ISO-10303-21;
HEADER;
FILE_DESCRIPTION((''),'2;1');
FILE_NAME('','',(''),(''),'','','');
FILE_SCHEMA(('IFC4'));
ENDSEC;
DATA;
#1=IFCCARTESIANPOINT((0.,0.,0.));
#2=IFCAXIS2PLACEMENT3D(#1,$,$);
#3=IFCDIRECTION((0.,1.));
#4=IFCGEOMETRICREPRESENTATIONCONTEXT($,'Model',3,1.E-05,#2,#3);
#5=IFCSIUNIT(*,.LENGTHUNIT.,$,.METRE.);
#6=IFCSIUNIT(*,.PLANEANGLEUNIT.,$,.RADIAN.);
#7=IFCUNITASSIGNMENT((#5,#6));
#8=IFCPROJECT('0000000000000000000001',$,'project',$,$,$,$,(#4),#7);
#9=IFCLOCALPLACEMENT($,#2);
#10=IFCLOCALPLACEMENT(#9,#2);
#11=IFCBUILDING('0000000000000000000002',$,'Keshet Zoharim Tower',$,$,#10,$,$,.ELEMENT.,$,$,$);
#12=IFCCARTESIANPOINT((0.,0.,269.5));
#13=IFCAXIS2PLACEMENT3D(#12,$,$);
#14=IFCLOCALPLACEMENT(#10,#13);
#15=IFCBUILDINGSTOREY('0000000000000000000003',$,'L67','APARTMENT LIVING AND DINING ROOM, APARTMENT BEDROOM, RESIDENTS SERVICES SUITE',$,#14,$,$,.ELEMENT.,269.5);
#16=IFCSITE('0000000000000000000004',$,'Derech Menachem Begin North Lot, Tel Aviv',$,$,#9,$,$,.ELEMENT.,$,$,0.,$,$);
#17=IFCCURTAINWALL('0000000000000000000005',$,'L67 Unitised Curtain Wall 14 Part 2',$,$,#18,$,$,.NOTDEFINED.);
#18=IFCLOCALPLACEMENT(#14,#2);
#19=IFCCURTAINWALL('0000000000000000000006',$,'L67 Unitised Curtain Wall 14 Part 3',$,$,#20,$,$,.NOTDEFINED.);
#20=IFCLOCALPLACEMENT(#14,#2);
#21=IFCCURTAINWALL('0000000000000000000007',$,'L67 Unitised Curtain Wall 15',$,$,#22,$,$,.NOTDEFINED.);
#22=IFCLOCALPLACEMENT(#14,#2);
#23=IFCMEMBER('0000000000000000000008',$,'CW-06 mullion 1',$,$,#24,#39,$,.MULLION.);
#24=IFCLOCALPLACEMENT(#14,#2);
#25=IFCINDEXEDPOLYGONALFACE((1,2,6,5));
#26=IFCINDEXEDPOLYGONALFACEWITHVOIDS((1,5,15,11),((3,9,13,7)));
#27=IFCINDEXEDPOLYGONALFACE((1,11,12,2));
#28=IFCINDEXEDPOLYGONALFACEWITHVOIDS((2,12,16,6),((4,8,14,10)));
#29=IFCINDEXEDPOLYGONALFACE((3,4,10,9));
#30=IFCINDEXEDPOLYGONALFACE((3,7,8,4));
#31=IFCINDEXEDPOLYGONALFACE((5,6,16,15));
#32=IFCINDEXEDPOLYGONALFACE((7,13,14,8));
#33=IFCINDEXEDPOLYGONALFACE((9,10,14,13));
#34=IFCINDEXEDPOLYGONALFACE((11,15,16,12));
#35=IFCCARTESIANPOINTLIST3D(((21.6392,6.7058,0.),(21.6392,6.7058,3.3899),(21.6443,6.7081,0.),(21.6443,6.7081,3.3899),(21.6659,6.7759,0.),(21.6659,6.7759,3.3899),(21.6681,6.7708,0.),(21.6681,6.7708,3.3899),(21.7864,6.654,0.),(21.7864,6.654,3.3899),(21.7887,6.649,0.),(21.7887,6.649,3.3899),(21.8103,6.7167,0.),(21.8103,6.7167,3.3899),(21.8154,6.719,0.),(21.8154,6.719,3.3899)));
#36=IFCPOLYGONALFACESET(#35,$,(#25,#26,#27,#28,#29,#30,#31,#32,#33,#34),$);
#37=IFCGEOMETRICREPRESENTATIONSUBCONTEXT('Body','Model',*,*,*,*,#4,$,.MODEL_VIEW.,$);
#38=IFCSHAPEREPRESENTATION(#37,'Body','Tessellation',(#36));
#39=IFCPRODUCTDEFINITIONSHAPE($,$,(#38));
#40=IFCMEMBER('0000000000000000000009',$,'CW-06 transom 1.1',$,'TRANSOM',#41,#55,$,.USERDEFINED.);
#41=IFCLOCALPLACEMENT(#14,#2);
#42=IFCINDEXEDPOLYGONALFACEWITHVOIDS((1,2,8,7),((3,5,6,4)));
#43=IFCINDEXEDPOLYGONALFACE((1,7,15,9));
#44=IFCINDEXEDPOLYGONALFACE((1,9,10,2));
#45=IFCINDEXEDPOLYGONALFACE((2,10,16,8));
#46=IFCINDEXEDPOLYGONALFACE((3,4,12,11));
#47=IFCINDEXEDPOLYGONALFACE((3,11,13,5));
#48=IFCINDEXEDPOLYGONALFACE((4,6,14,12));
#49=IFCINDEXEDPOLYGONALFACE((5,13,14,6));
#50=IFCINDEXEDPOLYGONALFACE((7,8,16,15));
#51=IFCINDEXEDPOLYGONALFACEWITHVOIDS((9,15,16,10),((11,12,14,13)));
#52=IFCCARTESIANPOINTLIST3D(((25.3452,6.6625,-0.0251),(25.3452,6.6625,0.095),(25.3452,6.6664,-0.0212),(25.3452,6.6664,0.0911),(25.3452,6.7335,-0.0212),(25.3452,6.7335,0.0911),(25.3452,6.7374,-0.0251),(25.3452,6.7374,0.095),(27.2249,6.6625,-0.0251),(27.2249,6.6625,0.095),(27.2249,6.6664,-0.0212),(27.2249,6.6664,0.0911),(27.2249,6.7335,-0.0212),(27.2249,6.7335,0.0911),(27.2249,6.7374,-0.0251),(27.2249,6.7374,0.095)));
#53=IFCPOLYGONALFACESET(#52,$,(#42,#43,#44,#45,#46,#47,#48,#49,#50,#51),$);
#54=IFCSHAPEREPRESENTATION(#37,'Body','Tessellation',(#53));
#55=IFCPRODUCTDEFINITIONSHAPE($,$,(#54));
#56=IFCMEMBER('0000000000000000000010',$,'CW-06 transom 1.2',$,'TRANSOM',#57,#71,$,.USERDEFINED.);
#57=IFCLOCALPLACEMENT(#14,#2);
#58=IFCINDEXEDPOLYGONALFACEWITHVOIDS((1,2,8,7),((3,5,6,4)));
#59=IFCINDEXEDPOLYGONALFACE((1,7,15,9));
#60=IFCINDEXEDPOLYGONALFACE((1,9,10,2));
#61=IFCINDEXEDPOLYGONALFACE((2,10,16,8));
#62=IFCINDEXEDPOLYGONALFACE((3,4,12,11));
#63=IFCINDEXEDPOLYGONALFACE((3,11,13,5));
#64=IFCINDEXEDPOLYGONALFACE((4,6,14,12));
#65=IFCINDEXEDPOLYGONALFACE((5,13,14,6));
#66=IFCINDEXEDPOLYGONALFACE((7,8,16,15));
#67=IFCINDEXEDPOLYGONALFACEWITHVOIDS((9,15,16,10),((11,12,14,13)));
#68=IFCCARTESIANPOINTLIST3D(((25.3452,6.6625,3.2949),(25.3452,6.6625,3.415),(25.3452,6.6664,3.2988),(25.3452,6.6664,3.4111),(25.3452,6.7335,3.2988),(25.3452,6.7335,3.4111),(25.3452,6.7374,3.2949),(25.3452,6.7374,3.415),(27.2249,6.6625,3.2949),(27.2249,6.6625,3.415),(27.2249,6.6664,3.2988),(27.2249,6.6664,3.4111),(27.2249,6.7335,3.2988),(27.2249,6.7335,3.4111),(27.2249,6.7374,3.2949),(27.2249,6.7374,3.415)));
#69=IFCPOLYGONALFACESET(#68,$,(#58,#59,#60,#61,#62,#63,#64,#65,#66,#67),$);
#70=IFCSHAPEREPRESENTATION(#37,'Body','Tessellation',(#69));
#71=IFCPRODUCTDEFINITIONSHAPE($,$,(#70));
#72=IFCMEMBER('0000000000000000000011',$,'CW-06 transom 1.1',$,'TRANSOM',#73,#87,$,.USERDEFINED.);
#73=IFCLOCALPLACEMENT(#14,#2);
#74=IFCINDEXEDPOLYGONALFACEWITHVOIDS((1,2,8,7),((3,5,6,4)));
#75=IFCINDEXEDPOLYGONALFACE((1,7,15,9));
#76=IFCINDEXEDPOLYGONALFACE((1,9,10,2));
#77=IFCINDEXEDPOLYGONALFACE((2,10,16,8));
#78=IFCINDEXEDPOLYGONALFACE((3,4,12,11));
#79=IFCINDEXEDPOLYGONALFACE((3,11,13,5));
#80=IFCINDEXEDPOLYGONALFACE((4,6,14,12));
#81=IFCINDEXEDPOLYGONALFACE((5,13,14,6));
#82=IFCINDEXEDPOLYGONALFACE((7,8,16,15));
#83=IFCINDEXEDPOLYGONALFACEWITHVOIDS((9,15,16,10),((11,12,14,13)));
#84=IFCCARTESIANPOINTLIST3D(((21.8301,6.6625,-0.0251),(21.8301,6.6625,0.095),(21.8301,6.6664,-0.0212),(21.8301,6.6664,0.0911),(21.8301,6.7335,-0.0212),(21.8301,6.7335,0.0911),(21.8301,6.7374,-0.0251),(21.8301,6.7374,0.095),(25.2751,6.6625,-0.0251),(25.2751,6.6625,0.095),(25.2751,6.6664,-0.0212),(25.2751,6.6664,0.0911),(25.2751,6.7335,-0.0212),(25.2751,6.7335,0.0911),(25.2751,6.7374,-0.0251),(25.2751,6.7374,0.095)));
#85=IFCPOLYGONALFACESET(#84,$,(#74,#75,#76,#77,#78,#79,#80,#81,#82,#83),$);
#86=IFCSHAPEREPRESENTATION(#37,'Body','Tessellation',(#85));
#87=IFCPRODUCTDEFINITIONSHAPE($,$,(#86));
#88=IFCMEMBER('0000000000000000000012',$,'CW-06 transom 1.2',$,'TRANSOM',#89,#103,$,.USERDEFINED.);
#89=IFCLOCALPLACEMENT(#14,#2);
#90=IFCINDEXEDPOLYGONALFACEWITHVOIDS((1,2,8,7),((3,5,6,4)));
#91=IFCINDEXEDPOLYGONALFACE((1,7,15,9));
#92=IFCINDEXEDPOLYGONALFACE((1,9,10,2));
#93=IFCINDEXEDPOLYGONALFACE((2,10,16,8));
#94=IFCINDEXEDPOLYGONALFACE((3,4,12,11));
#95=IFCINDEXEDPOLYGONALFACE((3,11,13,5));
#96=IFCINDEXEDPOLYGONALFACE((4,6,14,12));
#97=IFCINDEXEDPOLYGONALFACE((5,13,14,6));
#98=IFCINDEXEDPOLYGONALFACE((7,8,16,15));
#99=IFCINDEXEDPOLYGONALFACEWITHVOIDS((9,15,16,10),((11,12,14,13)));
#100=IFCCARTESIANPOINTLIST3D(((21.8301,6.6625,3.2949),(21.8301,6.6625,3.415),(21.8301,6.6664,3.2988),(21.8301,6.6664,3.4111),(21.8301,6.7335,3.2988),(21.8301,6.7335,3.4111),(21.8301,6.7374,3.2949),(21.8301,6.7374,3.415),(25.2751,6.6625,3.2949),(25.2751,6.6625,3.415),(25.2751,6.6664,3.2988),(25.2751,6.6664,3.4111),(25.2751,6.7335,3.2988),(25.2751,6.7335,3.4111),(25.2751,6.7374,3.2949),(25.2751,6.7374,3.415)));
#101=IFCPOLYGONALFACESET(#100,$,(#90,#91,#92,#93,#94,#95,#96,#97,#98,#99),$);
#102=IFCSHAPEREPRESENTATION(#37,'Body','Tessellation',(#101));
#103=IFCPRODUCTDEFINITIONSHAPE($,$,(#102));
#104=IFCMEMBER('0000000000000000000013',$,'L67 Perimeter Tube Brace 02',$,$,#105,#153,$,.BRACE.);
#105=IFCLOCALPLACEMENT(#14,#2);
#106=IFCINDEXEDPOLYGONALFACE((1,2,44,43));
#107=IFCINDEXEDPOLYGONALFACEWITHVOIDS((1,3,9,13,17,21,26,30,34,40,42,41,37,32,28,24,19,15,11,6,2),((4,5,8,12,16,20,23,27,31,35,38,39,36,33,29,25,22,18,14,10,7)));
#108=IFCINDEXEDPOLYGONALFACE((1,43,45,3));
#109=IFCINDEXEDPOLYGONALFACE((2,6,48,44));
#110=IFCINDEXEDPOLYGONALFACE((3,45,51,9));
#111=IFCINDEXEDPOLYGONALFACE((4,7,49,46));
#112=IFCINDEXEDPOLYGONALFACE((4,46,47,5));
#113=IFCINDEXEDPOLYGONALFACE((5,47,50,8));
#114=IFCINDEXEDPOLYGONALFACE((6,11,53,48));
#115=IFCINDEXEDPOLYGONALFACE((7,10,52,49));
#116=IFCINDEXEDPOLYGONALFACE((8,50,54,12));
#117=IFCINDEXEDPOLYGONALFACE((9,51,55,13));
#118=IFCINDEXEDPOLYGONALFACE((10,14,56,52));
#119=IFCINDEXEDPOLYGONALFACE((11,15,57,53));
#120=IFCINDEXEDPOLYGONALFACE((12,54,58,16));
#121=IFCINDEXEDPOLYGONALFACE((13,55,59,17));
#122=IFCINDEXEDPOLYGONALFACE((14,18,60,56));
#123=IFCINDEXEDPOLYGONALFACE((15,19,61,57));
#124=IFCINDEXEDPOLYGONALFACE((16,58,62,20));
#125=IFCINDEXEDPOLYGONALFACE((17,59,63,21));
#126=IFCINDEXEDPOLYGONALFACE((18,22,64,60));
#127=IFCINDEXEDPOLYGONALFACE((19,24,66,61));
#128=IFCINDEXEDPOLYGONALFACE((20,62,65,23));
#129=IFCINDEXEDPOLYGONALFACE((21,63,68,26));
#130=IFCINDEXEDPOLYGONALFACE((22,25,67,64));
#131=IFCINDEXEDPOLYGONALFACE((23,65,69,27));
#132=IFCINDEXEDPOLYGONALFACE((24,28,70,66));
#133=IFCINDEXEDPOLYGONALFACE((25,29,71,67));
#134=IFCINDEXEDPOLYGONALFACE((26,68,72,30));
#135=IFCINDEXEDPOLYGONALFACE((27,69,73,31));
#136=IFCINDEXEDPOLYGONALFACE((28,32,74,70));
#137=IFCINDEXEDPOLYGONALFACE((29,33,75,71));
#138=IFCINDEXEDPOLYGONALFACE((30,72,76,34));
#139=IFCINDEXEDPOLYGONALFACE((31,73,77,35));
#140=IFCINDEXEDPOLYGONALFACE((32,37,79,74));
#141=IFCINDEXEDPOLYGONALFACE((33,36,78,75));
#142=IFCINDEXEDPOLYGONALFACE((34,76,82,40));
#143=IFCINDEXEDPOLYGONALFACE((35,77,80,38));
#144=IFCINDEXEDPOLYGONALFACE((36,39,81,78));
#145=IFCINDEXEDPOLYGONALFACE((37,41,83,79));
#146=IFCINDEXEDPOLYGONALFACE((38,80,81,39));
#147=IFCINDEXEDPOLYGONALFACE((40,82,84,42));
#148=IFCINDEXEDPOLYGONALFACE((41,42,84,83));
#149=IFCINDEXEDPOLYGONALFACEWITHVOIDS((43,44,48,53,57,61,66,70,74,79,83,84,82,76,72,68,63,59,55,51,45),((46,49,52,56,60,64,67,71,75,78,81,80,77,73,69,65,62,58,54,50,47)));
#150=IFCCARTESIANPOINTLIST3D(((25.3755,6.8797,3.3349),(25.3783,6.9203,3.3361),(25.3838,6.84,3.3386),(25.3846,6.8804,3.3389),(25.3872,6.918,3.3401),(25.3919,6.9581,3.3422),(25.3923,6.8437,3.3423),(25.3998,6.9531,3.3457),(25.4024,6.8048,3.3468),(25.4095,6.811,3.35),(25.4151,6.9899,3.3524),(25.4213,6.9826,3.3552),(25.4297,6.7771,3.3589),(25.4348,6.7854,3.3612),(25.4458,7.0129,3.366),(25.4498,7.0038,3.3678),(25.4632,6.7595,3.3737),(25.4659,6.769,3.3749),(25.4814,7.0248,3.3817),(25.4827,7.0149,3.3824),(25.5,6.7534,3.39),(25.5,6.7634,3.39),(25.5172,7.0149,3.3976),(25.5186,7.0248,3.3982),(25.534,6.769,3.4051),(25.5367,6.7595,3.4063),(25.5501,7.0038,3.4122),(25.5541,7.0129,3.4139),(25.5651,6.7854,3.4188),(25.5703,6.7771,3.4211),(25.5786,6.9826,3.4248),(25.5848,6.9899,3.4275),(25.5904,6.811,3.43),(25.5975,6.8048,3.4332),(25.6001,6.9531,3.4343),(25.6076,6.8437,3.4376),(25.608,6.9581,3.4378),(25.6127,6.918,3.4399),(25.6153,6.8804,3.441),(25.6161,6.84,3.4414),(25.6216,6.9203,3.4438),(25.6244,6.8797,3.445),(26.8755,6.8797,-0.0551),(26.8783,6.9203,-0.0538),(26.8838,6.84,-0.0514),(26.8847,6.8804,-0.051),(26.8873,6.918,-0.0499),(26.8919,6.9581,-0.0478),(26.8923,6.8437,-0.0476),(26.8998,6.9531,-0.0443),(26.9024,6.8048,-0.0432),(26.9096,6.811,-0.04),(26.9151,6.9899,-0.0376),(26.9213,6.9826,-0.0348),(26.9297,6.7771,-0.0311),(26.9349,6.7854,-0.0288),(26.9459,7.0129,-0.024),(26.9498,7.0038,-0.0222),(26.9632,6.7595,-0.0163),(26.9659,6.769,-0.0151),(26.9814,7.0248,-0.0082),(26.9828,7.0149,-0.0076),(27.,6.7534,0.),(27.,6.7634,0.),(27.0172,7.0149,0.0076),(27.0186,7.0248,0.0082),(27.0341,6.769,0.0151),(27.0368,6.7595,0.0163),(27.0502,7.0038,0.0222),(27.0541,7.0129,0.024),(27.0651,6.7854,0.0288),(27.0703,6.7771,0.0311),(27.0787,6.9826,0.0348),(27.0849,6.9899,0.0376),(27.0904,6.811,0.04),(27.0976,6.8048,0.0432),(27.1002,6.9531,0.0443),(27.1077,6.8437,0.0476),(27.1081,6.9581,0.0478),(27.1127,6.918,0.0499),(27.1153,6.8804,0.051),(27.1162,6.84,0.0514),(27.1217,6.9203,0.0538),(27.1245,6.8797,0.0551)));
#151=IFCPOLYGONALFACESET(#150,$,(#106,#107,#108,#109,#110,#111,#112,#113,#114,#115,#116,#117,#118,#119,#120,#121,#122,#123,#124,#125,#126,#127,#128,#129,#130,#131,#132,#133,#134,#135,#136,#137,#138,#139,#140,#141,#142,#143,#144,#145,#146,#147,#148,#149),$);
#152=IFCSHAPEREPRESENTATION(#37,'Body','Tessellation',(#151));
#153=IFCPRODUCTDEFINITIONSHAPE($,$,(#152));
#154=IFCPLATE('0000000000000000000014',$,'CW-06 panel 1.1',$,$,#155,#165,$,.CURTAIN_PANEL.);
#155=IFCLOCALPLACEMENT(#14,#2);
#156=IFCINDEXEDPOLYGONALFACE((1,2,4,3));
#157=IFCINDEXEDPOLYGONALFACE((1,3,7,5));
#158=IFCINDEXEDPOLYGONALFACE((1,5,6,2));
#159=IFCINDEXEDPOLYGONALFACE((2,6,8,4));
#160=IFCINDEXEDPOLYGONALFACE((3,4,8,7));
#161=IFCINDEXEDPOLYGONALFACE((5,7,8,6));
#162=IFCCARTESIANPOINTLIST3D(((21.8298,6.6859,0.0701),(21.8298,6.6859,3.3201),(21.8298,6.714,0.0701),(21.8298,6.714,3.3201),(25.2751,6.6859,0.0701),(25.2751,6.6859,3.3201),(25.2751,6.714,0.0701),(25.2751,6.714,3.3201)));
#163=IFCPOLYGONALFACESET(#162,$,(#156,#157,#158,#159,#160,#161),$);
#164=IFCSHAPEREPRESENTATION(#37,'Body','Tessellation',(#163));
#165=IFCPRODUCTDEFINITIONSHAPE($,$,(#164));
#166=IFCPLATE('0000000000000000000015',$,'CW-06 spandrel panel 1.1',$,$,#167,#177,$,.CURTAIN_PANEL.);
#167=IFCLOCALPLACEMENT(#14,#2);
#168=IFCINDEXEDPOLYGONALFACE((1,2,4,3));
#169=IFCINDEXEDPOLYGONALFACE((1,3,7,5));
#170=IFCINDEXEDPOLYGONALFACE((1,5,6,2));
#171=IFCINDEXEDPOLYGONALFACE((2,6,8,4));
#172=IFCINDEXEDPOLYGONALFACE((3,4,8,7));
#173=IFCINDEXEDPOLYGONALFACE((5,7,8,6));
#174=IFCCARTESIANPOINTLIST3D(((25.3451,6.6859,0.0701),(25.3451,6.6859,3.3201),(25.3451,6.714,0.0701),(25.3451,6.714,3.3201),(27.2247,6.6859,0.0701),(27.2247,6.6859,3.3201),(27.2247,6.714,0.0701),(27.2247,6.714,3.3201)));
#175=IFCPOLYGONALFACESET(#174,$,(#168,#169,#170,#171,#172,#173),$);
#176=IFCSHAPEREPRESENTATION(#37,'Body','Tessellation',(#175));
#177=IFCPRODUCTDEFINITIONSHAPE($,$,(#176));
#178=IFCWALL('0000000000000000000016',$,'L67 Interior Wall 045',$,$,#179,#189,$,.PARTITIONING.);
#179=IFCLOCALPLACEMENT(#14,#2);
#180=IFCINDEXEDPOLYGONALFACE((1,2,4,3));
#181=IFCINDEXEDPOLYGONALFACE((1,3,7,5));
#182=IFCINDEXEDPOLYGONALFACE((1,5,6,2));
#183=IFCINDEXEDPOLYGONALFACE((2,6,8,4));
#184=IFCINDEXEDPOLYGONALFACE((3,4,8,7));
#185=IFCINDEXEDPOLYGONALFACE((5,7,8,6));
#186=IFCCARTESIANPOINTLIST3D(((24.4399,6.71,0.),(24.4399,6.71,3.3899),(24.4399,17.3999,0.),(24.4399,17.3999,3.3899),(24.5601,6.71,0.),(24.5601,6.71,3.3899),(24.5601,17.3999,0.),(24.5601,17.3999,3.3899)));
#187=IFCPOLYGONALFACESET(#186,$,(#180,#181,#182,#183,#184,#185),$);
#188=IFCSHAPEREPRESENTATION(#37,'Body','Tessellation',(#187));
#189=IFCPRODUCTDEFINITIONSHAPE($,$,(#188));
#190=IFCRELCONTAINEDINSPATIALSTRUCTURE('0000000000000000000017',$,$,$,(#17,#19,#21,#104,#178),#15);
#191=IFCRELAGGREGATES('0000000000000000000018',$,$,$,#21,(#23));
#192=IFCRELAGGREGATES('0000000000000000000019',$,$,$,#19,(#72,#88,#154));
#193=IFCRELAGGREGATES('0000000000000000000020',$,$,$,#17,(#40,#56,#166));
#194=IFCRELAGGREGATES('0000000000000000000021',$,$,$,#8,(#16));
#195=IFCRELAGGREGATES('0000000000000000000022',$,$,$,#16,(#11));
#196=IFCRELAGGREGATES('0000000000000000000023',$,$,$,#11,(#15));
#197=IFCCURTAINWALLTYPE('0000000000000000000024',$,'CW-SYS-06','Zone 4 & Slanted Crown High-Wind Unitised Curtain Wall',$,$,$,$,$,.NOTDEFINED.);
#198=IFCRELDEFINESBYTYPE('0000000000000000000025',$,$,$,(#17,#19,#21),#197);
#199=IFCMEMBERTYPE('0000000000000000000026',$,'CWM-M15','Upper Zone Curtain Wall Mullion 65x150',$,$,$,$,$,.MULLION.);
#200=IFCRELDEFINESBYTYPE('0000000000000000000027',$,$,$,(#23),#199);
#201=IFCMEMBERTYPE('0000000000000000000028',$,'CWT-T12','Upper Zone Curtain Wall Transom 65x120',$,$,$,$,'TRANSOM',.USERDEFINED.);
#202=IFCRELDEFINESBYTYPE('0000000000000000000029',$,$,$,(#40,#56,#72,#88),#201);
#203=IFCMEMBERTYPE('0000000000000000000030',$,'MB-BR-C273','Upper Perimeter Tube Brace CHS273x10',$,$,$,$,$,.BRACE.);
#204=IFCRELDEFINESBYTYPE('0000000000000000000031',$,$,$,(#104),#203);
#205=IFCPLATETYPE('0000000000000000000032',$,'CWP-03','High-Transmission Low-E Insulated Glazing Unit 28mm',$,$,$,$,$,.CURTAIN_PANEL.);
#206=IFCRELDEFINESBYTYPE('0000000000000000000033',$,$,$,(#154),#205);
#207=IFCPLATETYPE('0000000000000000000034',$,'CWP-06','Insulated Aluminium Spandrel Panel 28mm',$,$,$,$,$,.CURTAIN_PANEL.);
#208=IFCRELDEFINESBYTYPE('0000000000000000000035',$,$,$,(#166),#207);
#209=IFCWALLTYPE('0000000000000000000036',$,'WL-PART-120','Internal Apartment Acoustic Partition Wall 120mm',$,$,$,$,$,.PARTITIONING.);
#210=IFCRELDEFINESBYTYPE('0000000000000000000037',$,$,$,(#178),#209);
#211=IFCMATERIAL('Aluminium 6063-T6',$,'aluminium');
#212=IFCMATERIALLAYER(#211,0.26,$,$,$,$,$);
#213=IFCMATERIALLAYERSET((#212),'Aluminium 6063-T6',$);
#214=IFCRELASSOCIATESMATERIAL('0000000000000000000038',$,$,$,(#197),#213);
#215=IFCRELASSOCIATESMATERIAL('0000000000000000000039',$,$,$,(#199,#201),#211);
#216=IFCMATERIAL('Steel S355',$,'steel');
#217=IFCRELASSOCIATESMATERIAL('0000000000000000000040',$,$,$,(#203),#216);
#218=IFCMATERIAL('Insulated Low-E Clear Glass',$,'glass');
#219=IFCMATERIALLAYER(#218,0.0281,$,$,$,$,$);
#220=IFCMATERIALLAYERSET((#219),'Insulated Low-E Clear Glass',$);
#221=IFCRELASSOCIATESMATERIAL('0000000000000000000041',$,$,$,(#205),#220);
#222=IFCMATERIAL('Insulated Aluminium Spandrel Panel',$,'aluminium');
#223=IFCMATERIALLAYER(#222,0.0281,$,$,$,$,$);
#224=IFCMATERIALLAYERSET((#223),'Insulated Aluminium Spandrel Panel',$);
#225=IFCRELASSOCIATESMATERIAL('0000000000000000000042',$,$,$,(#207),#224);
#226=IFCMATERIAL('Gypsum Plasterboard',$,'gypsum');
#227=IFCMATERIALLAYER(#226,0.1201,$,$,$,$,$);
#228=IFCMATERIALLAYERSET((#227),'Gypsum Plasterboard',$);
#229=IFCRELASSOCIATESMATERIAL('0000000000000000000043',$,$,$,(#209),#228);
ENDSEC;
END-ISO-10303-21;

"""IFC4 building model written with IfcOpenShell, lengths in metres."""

from ifc_helpers import new_model, si_unit, direction, frame, frame_2d, origin, origin_2d, place, context, subcontext, project, spatial, rectangle, hollow_rectangle, hollow_circle, extrude, material, layer, layer_set, material_profile, profile_set, type_object, element, aggregate, save


model = new_model("IFC4")

# Units and contexts
model_context = context("Model", 3, precision=1e-05, world=origin(), true_north=direction((0.0, 1.0)))
body_context = subcontext(model_context, "Body", "Model", "MODEL_VIEW")
ifc_project = project(units=[si_unit("LENGTHUNIT", "METRE"), si_unit("PLANEANGLEUNIT", "RADIAN")], contexts=[model_context])

# Site, building, storey
site_placement = place(None, origin())
site = spatial("IfcSite", under=ifc_project, at=site_placement, Name="Derech Menachem Begin North Lot, Tel Aviv", CompositionType="ELEMENT", RefElevation=0.0)
building_placement = place(site_placement, origin())
building = spatial("IfcBuilding", under=site, at=building_placement, Name="Keshet Zoharim Tower", CompositionType="ELEMENT")
storey_placement = place(building_placement, frame((0.0, 0.0, 269.5)))
storey = spatial("IfcBuildingStorey", under=building, at=storey_placement, Name="L67", Description="APARTMENT LIVING AND DINING ROOM, APARTMENT BEDROOM, RESIDENTS SERVICES SUITE", CompositionType="ELEMENT", Elevation=269.5)

# Shared definitions
ifc_material_1 = material(Name="Steel S355", Category="steel")

# Curtain walls, member
ifc_material_2 = material(Name="Aluminium 6063-T6", Category="aluminium")
ifc_layer_1 = layer(ifc_material_2, 0.26)
ifc_layer_set_1 = layer_set([ifc_layer_1], Name="Aluminium 6063-T6")
curtain_wall_type = type_object("IfcCurtainWallType", Name="CW-SYS-06", Description="Zone 4 & Slanted Crown High-Wind Unitised Curtain Wall", PredefinedType="NOTDEFINED", material=ifc_layer_set_1)
ifc_material_profile_1 = material_profile(ifc_material_2, hollow_rectangle(XDim=0.075, YDim=0.1599, WallThickness=0.0039, at=origin_2d()), Name="MUL-75x160")
ifc_profile_set_1 = profile_set([ifc_material_profile_1], Name="Aluminium 6063-T6")
member_type_1 = type_object("IfcMemberType", Name="CWM-M15", Description="Upper Zone Curtain Wall Mullion 65x150", PredefinedType="MULLION", material=ifc_profile_set_1)
curtain_wall_1_placement = place(storey_placement, origin())
curtain_wall_1 = element("IfcCurtainWall", 1, at=curtain_wall_1_placement, inside=storey, type_object=curtain_wall_type, Name="L67 Unitised Curtain Wall 14 Part 2", PredefinedType="NOTDEFINED")
curtain_wall_2_placement = place(storey_placement, origin())
curtain_wall_2 = element("IfcCurtainWall", 2, at=curtain_wall_2_placement, inside=storey, type_object=curtain_wall_type, Name="L67 Unitised Curtain Wall 14 Part 3", PredefinedType="NOTDEFINED")
curtain_wall_3_placement = place(storey_placement, origin())
curtain_wall_3 = element("IfcCurtainWall", 3, at=curtain_wall_3_placement, inside=storey, type_object=curtain_wall_type, Name="L67 Unitised Curtain Wall 15", PredefinedType="NOTDEFINED")
member_1_placement = place(storey_placement, frame((21.7273, 6.7124, 0.0), z_axis=(0.0, 0.0, 1.0), x_axis=(-0.355439, -0.934699, 0.0)))
member_1 = element("IfcMember", 4, at=member_1_placement, type_object=member_type_1, Name="CW-06 mullion 1", PredefinedType="MULLION", context=body_context, shape_type="SweptSolid", body=[
    extrude(hollow_rectangle(XDim=0.075, YDim=0.1599, WallThickness=0.0039, at=origin_2d()), origin(), (0.0, 0.0, 1.0), 3.3899),
])
aggregate(curtain_wall_3, [member_1])

# Members
ifc_material_profile_2 = material_profile(ifc_material_2, hollow_rectangle(XDim=0.075, YDim=0.1201, WallThickness=0.0039, at=origin_2d()), Name="TRN-75x120")
ifc_profile_set_2 = profile_set([ifc_material_profile_2], Name="Aluminium 6063-T6")
member_type_2 = type_object("IfcMemberType", Name="CWT-T12", Description="Upper Zone Curtain Wall Transom 65x120", ElementType="TRANSOM", PredefinedType="USERDEFINED", material=ifc_profile_set_2)
member_2_placement = place(storey_placement, frame((27.2249, 6.7, 0.0349), z_axis=(-1.0, 0.0, 0.0), x_axis=(0.0, -1.0, 0.0)))
member_2 = element("IfcMember", 5, at=member_2_placement, type_object=member_type_2, Name="CW-06 transom 1.1", ObjectType="TRANSOM", PredefinedType="USERDEFINED", context=body_context, shape_type="SweptSolid", body=[
    extrude(hollow_rectangle(XDim=0.075, YDim=0.1201, WallThickness=0.0039, at=origin_2d()), origin(), (0.0, 0.0, 1.0), 1.8796),
])
member_3_placement = place(storey_placement, frame((27.2249, 6.7, 3.355), z_axis=(-1.0, 0.0, 0.0), x_axis=(0.0, -1.0, 0.0)))
member_3 = element("IfcMember", 6, at=member_3_placement, type_object=member_type_2, Name="CW-06 transom 1.2", ObjectType="TRANSOM", PredefinedType="USERDEFINED", context=body_context, shape_type="SweptSolid", body=[
    extrude(hollow_rectangle(XDim=0.075, YDim=0.1201, WallThickness=0.0039, at=origin_2d()), origin(), (0.0, 0.0, 1.0), 1.8796),
])
member_4_placement = place(storey_placement, frame((25.2751, 6.7, 0.0349), z_axis=(-1.0, 0.0, 0.0), x_axis=(0.0, -1.0, 0.0)))
member_4 = element("IfcMember", 7, at=member_4_placement, type_object=member_type_2, Name="CW-06 transom 1.1", ObjectType="TRANSOM", PredefinedType="USERDEFINED", context=body_context, shape_type="SweptSolid", body=[
    extrude(hollow_rectangle(XDim=0.075, YDim=0.1201, WallThickness=0.0039, at=origin_2d()), origin(), (0.0, 0.0, 1.0), 3.4451),
])
member_5_placement = place(storey_placement, frame((25.2751, 6.7, 3.355), z_axis=(-1.0, 0.0, 0.0), x_axis=(0.0, -1.0, 0.0)))
member_5 = element("IfcMember", 8, at=member_5_placement, type_object=member_type_2, Name="CW-06 transom 1.2", ObjectType="TRANSOM", PredefinedType="USERDEFINED", context=body_context, shape_type="SweptSolid", body=[
    extrude(hollow_rectangle(XDim=0.075, YDim=0.1201, WallThickness=0.0039, at=origin_2d()), origin(), (0.0, 0.0, 1.0), 3.4451),
])
ifc_material_profile_3 = material_profile(ifc_material_1, hollow_circle(Radius=0.1365, WallThickness=0.01, at=origin_2d()), Name="CHS273x10")
ifc_profile_set_3 = profile_set([ifc_material_profile_3], Name="Steel S355")
member_type_3 = type_object("IfcMemberType", Name="MB-BR-C273", Description="Upper Perimeter Tube Brace CHS273x10", PredefinedType="BRACE", material=ifc_profile_set_3)
member_6_placement = place(storey_placement, frame((27.0, 6.8899, 0.0), z_axis=(-0.404647, 0.0, 0.914473), x_axis=(0.0, -1.0, 0.0)))
element("IfcMember", 9, at=member_6_placement, inside=storey, type_object=member_type_3, Name="L67 Perimeter Tube Brace 02", PredefinedType="BRACE", context=body_context, shape_type="SweptSolid", body=[
    extrude(hollow_circle(Radius=0.1365, WallThickness=0.01, at=origin_2d()), origin(), (0.0, 0.0, 1.0), 3.707),
])

# Plates
ifc_material_3 = material(Name="Insulated Low-E Clear Glass", Category="glass")
ifc_layer_2 = layer(ifc_material_3, 0.0281)
ifc_layer_set_2 = layer_set([ifc_layer_2], Name="Insulated Low-E Clear Glass")
plate_type_1 = type_object("IfcPlateType", Name="CWP-03", Description="High-Transmission Low-E Insulated Glazing Unit 28mm", PredefinedType="CURTAIN_PANEL", material=ifc_layer_set_2)
plate_1_placement = place(storey_placement, frame((23.5525, 6.7, 0.0701), z_axis=(0.0, 0.0, 1.0), x_axis=(-1.0, 0.0, 0.0)))
plate_1 = element("IfcPlate", 10, at=plate_1_placement, type_object=plate_type_1, Name="CW-06 panel 1.1", PredefinedType="CURTAIN_PANEL", context=body_context, shape_type="SweptSolid", body=[
    extrude(rectangle(XDim=3.4453, YDim=0.0281, at=origin_2d()), origin(), (0.0, 0.0, 1.0), 3.25),
])
aggregate(curtain_wall_2, [member_4, member_5, plate_1])
ifc_material_4 = material(Name="Insulated Aluminium Spandrel Panel", Category="aluminium")
ifc_layer_3 = layer(ifc_material_4, 0.0281)
ifc_layer_set_3 = layer_set([ifc_layer_3], Name="Insulated Aluminium Spandrel Panel")
plate_type_2 = type_object("IfcPlateType", Name="CWP-06", Description="Insulated Aluminium Spandrel Panel 28mm", PredefinedType="CURTAIN_PANEL", material=ifc_layer_set_3)
plate_2_placement = place(storey_placement, frame((26.2849, 6.7, 0.0701), z_axis=(0.0, 0.0, 1.0), x_axis=(-1.0, 0.0, 0.0)))
plate_2 = element("IfcPlate", 11, at=plate_2_placement, type_object=plate_type_2, Name="CW-06 spandrel panel 1.1", PredefinedType="CURTAIN_PANEL", context=body_context, shape_type="SweptSolid", body=[
    extrude(rectangle(XDim=1.8796, YDim=0.0281, at=origin_2d()), origin(), (0.0, 0.0, 1.0), 3.25),
])
aggregate(curtain_wall_1, [member_2, member_3, plate_2])

# Wall
ifc_material_5 = material(Name="Gypsum Plasterboard", Category="gypsum")
ifc_layer_4 = layer(ifc_material_5, 0.1201)
ifc_layer_set_4 = layer_set([ifc_layer_4], Name="Gypsum Plasterboard")
wall_type = type_object("IfcWallType", Name="WL-PART-120", Description="Internal Apartment Acoustic Partition Wall 120mm", PredefinedType="PARTITIONING", material=ifc_layer_set_4)
for number, where, z_axis, x_axis, name in (
    (12, (24.5, 6.71, 0.0), (0.0, 0.0, 1.0), (0.0, 1.0, 0.0), "L67 Interior Wall 045"),
):
    element("IfcWall", number, at=place(storey_placement, frame(where, z_axis=z_axis, x_axis=x_axis)), inside=storey, type_object=wall_type, Name=name, PredefinedType="PARTITIONING", context=body_context, shape_type="SweptSolid", body=[
        extrude(rectangle(XDim=10.6899, YDim=0.1201, at=frame_2d((5.345, 0.0))), origin(), (0.0, 0.0, 1.0), 3.3899),
    ])

save(model, "model.ifc")
